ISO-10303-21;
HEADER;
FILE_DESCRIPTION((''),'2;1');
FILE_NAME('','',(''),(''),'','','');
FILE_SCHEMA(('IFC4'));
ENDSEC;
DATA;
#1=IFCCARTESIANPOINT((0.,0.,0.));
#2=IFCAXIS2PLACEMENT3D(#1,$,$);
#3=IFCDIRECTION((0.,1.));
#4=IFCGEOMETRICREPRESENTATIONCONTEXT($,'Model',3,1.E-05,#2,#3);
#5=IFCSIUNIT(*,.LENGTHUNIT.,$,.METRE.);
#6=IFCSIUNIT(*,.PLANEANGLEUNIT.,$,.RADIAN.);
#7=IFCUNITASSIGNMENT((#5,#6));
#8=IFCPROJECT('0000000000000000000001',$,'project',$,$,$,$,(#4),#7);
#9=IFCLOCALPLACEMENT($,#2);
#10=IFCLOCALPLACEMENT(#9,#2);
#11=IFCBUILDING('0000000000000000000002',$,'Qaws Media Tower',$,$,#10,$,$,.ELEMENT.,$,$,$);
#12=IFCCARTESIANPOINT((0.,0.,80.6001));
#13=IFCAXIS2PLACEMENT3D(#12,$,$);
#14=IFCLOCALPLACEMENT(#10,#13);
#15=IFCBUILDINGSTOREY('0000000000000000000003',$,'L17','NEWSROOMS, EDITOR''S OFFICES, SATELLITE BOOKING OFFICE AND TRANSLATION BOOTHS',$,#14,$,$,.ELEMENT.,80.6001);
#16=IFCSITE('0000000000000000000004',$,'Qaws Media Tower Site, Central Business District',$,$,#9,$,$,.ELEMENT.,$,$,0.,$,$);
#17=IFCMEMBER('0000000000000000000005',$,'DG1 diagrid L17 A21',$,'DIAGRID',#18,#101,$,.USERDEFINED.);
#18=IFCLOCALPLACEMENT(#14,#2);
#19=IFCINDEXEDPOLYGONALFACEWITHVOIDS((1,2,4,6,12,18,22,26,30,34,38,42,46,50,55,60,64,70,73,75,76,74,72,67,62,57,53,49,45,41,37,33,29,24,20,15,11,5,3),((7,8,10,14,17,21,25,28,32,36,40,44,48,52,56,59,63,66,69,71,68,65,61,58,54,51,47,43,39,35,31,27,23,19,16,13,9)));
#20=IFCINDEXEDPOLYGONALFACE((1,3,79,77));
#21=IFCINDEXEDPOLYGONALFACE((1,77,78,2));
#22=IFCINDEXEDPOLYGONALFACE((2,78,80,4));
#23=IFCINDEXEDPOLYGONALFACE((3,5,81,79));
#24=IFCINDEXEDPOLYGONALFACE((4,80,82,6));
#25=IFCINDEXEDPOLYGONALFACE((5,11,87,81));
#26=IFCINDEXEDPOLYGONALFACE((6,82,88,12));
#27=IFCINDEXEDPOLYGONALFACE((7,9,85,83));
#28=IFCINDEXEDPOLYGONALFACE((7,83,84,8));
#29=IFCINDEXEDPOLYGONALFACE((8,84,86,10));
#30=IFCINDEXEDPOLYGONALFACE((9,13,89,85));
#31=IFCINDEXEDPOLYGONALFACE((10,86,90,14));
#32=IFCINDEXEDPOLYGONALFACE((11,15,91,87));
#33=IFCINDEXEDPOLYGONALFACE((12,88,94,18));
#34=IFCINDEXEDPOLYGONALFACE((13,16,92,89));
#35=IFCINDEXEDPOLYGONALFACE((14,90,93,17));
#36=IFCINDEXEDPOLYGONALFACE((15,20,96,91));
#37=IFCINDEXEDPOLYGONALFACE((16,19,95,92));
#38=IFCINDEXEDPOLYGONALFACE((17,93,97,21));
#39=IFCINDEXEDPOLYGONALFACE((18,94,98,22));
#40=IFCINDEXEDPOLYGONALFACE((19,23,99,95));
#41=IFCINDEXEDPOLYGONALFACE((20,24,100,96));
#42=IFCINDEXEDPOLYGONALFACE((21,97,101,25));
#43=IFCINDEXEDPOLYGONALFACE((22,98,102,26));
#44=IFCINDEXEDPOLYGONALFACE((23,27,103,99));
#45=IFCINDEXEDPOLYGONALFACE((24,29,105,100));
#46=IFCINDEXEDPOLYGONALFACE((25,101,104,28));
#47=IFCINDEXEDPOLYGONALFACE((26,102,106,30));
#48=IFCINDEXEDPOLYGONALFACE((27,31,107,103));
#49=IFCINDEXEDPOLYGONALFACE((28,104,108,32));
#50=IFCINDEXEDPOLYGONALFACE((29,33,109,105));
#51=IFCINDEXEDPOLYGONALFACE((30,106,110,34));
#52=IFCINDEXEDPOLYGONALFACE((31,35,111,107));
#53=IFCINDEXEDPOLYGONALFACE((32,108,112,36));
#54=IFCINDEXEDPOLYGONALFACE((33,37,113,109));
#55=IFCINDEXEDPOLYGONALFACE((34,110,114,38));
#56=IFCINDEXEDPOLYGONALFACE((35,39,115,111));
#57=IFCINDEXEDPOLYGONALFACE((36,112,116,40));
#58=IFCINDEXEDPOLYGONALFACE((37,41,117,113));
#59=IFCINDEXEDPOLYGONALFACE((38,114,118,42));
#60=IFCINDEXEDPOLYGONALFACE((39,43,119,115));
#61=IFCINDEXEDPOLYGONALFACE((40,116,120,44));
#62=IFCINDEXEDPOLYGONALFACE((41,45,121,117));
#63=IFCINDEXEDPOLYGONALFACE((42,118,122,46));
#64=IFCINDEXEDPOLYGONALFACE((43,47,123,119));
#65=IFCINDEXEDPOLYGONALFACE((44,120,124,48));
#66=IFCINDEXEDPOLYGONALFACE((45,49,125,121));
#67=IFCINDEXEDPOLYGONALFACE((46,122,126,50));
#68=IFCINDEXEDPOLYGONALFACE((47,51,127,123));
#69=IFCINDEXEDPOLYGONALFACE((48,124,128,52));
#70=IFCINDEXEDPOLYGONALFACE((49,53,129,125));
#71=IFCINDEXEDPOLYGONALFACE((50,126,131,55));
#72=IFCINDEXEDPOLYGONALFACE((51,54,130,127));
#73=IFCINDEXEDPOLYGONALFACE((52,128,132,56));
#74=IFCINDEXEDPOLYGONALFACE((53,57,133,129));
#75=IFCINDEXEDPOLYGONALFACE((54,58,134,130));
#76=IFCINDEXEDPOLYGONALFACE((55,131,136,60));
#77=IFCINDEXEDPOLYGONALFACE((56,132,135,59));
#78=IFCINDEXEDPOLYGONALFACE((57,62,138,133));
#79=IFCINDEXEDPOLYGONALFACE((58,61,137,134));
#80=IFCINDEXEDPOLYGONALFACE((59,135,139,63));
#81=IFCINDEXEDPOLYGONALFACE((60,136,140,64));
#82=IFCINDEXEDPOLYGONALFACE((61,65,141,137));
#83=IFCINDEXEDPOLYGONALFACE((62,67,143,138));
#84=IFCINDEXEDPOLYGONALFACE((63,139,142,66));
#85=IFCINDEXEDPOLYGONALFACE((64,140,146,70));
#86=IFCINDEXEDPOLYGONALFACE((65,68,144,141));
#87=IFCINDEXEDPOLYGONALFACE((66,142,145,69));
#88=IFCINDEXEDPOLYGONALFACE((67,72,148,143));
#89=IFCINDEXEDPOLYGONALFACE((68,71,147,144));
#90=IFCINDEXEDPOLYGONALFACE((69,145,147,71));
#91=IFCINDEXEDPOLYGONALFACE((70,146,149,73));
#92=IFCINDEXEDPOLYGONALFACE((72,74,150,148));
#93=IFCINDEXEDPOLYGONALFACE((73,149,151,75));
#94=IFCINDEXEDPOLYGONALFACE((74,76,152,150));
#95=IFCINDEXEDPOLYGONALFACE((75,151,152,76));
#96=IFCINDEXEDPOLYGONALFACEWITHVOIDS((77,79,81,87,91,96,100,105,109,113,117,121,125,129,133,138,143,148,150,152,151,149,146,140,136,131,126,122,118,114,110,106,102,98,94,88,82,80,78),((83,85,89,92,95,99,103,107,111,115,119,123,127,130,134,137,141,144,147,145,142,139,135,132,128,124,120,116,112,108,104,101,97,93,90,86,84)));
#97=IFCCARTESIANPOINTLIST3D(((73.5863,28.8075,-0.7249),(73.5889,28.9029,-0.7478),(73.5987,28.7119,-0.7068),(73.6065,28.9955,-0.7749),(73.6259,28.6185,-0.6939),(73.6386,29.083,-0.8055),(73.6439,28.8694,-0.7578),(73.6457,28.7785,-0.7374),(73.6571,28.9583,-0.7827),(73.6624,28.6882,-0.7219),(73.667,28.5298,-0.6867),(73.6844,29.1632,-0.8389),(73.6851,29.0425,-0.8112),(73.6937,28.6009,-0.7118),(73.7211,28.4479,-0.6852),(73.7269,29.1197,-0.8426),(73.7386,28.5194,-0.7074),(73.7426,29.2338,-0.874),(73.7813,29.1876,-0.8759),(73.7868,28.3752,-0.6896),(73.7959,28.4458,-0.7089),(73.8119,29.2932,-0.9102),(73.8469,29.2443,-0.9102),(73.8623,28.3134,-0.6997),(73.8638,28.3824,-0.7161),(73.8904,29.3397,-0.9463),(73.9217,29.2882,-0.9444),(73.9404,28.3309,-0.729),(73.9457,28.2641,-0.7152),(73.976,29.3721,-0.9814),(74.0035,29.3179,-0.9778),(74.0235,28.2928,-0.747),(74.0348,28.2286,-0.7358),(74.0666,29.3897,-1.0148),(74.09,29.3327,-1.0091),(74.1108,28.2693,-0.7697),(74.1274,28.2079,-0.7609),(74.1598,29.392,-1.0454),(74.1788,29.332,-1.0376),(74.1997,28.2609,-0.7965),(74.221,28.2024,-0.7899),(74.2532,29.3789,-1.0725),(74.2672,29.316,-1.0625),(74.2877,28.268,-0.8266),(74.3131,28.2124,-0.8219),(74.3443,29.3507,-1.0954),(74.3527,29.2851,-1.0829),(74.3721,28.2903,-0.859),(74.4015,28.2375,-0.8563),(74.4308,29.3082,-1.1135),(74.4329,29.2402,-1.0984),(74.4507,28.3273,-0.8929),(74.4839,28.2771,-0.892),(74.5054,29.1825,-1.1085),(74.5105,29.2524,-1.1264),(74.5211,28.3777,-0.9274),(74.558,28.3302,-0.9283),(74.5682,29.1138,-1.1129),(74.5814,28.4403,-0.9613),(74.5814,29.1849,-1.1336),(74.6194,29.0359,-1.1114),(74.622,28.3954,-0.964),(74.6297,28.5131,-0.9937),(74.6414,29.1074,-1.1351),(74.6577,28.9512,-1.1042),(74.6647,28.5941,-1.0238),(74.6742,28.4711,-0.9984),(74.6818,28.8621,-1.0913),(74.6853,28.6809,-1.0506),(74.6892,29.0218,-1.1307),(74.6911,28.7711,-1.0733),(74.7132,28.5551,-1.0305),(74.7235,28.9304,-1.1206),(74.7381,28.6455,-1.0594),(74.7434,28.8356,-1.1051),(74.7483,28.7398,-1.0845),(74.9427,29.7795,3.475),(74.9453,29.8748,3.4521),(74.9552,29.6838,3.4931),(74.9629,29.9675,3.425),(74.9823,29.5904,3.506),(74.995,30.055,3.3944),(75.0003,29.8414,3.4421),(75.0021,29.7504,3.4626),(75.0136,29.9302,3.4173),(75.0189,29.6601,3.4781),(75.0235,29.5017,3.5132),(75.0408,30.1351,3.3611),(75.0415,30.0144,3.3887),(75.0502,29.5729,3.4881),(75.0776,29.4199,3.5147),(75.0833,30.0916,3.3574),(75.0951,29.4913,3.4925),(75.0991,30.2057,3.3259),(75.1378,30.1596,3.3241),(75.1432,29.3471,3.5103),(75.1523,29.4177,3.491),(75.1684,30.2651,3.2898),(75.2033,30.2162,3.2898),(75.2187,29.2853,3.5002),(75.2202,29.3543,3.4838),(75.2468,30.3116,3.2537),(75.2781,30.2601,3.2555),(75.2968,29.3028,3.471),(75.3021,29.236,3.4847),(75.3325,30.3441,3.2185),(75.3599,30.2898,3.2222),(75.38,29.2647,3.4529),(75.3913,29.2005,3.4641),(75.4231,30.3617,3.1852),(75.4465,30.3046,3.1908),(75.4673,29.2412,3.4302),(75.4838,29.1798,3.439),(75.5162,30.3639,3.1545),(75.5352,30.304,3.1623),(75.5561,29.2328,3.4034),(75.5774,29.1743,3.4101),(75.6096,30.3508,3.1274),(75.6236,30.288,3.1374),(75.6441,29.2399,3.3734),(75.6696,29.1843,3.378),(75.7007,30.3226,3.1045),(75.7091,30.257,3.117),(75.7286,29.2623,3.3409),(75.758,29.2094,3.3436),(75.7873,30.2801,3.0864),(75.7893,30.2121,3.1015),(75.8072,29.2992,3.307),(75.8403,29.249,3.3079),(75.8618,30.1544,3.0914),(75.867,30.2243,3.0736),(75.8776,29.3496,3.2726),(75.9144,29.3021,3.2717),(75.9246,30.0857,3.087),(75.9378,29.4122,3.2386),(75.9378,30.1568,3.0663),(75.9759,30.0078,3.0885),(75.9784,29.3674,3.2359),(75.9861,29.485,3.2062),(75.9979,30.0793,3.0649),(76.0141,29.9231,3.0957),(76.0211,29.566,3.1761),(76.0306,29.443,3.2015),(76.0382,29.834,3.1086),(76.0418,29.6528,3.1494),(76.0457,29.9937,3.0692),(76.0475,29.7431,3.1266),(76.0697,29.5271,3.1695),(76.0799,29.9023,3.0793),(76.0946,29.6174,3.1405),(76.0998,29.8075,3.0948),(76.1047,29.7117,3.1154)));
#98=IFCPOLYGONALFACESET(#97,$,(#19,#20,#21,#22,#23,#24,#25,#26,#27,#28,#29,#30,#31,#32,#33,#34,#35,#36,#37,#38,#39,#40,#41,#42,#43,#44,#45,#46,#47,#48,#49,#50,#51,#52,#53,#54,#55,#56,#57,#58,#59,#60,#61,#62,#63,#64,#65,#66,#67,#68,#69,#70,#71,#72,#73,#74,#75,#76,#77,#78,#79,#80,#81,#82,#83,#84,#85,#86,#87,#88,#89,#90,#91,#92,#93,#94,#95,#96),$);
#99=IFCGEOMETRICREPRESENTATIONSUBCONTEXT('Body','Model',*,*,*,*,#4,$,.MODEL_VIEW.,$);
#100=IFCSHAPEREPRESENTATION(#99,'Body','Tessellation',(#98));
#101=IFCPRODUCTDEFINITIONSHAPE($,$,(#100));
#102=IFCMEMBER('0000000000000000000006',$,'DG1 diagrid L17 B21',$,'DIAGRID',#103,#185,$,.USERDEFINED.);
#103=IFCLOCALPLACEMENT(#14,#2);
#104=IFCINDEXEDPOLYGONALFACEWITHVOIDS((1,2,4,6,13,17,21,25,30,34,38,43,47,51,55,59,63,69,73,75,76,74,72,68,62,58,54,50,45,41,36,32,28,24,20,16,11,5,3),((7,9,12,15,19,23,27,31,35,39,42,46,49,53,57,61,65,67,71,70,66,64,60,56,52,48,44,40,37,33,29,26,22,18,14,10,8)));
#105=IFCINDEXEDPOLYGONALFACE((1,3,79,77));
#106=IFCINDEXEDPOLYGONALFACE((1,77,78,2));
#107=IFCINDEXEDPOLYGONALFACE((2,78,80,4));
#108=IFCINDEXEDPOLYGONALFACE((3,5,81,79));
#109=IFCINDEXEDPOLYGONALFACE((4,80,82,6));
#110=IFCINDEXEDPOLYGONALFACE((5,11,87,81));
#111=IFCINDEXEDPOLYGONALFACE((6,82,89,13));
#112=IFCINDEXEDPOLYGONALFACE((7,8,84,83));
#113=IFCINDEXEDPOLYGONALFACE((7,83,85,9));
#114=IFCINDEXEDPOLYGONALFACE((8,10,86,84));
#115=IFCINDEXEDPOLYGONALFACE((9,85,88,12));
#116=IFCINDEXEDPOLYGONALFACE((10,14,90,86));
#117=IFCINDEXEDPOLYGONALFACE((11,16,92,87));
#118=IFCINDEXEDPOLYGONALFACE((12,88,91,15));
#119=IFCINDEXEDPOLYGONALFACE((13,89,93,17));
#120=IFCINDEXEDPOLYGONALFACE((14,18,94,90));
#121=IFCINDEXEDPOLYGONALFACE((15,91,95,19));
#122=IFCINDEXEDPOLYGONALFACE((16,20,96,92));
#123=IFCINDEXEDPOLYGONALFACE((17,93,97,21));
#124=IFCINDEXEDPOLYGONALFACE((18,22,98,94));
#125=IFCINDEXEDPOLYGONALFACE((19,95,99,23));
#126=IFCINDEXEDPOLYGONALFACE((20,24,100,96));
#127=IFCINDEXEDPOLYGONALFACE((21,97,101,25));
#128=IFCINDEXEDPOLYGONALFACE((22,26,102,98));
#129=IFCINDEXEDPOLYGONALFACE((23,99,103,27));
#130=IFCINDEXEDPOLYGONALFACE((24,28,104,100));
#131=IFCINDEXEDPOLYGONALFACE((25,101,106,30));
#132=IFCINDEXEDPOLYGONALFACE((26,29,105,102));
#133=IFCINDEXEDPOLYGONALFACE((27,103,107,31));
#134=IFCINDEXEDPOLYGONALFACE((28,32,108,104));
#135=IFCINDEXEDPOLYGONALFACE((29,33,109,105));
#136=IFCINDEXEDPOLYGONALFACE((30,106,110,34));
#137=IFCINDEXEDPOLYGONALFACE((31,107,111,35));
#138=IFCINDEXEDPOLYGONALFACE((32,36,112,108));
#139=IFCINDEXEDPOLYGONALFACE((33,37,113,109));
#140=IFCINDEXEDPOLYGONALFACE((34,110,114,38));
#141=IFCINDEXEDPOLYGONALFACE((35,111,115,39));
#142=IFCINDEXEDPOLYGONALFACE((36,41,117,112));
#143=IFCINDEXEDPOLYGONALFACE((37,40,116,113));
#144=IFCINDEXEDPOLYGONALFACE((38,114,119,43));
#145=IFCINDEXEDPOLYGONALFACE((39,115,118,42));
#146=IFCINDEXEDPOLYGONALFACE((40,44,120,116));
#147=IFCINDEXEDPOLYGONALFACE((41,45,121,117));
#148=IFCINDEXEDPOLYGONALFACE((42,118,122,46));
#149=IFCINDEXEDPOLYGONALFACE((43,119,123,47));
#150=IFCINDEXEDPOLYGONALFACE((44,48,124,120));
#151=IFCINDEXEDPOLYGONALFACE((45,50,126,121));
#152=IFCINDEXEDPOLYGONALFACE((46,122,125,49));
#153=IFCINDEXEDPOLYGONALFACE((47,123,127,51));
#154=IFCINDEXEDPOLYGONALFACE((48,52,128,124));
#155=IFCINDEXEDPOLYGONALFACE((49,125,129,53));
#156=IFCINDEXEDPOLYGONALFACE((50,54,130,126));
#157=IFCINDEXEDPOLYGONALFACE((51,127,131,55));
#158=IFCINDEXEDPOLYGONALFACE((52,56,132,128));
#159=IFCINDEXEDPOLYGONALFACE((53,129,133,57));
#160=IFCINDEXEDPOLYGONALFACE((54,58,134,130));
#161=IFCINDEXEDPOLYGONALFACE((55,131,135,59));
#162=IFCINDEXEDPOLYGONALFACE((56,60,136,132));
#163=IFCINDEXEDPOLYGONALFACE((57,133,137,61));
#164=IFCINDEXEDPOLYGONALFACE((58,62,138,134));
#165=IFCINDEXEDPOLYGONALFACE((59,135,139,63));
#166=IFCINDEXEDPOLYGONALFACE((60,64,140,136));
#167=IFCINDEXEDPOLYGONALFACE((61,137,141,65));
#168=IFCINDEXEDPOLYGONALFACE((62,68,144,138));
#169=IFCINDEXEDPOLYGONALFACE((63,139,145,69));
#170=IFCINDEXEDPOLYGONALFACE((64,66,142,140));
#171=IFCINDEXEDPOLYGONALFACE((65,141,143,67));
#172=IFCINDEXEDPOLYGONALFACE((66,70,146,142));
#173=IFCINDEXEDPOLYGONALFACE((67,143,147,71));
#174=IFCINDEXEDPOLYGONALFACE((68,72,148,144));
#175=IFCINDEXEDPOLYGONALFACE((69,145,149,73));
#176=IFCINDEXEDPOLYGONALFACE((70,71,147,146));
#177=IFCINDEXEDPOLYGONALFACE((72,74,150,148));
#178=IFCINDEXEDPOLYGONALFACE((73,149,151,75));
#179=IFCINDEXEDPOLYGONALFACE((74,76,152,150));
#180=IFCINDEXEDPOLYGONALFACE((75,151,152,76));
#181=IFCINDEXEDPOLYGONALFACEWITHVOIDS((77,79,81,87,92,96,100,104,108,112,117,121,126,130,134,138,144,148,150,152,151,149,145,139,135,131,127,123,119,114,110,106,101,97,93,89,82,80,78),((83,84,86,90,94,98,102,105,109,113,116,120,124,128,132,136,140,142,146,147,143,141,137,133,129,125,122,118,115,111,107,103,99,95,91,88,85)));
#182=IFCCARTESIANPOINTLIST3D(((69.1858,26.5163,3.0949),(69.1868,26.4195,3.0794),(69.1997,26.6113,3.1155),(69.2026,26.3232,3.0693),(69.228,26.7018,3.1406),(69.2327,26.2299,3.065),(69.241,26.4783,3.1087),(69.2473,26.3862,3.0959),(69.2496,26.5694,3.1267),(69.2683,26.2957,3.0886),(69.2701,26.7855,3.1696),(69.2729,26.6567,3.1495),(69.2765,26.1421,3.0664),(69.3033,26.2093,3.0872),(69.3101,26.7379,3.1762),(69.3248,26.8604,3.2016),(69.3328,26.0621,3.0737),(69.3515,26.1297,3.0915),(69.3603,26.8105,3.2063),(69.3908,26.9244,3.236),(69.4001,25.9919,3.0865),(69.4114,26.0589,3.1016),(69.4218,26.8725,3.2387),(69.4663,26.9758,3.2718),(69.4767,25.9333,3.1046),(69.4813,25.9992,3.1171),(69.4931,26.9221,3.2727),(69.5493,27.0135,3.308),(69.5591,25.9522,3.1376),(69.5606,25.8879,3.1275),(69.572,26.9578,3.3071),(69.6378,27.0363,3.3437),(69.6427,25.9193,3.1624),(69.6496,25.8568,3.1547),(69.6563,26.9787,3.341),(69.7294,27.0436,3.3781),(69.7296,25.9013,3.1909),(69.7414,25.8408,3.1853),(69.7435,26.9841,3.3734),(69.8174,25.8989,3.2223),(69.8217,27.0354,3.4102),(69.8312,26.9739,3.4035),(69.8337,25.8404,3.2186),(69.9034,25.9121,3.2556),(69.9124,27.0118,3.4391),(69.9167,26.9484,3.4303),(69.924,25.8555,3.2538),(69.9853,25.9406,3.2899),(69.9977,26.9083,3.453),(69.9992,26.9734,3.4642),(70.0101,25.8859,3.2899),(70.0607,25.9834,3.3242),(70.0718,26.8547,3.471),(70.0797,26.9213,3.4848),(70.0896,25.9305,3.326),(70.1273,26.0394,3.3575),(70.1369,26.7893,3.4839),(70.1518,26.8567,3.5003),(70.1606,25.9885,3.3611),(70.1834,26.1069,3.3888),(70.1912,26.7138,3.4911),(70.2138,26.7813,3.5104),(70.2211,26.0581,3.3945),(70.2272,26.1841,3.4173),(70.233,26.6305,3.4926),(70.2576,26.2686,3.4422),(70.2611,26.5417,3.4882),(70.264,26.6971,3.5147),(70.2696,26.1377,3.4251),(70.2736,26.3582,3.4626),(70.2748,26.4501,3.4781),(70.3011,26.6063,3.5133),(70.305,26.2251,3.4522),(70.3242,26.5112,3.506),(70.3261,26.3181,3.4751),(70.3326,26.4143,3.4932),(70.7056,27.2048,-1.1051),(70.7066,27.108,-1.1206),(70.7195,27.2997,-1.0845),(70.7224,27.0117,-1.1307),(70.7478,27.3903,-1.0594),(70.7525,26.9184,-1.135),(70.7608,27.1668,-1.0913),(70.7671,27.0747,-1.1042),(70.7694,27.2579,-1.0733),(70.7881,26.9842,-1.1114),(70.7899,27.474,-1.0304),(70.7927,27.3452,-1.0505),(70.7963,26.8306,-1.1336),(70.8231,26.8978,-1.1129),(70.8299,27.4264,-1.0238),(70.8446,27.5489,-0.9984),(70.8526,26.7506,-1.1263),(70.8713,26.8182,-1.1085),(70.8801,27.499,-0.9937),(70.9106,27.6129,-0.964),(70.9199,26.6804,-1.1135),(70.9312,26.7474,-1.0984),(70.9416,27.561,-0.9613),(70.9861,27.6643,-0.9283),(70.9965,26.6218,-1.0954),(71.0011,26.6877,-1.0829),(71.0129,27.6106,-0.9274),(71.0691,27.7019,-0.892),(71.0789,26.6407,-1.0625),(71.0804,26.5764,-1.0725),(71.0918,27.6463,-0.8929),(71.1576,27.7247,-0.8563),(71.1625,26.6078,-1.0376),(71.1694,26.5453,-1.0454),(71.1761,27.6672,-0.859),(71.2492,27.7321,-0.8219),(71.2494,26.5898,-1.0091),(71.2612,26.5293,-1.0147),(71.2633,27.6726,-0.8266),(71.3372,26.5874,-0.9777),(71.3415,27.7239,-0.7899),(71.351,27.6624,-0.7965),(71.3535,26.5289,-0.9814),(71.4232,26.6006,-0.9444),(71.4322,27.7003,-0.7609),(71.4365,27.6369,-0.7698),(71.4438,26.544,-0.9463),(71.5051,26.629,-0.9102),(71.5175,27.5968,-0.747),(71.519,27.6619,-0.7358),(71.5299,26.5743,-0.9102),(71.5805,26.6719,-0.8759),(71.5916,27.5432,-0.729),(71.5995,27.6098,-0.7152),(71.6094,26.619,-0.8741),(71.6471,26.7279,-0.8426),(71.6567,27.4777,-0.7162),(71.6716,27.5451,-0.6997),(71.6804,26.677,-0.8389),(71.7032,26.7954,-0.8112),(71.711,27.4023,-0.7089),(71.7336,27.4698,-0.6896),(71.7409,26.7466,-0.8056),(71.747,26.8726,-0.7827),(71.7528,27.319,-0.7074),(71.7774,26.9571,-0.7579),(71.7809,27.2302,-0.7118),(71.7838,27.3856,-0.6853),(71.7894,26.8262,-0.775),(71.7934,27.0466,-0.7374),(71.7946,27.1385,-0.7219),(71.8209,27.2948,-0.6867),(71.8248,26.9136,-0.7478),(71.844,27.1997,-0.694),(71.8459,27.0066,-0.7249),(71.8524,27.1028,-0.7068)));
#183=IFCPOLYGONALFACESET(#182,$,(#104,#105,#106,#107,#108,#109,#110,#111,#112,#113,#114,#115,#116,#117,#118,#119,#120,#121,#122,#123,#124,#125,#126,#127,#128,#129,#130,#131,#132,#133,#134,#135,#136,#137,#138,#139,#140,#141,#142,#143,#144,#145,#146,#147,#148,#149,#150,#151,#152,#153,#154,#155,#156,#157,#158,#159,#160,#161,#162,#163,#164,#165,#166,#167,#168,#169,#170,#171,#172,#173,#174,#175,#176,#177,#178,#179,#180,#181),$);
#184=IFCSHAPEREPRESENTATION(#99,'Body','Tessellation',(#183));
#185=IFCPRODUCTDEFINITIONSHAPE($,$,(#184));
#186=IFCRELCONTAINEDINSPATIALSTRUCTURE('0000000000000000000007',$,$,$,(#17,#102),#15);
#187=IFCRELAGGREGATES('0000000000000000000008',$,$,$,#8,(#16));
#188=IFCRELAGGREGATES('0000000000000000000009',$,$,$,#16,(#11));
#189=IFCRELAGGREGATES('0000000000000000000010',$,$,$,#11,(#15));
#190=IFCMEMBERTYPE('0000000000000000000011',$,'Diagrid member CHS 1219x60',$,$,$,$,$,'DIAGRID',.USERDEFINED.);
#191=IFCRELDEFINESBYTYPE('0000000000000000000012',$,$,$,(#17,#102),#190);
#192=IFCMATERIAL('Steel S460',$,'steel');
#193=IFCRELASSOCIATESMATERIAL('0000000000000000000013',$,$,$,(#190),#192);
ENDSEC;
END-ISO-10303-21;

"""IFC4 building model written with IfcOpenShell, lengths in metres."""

from ifc_helpers import new_model, si_unit, direction, frame, origin, origin_2d, place, context, subcontext, project, spatial, hollow_circle, extrude, material, material_profile, profile_set, type_object, element, save


model = new_model("IFC4")

# Units and contexts
model_context = context("Model", 3, precision=1e-05, world=origin(), true_north=direction((0.0, 1.0)))
body_context = subcontext(model_context, "Body", "Model", "MODEL_VIEW")
ifc_project = project(units=[si_unit("LENGTHUNIT", "METRE"), si_unit("PLANEANGLEUNIT", "RADIAN")], contexts=[model_context])

# Site, building, storey
site_placement = place(None, origin())
site = spatial("IfcSite", under=ifc_project, at=site_placement, Name="Qaws Media Tower Site, Central Business District", CompositionType="ELEMENT", RefElevation=0.0)
building_placement = place(site_placement, origin())
building = spatial("IfcBuilding", under=site, at=building_placement, Name="Qaws Media Tower", CompositionType="ELEMENT")
storey_placement = place(building_placement, frame((0.0, 0.0, 80.6001)))
storey = spatial("IfcBuildingStorey", under=building, at=storey_placement, Name="L17", Description="NEWSROOMS, EDITOR'S OFFICES, SATELLITE BOOKING OFFICE AND TRANSLATION BOOTHS", CompositionType="ELEMENT", Elevation=80.6001)

# Members
ifc_material_1 = material(Name="Steel S460", Category="steel")
ifc_material_profile_1 = material_profile(ifc_material_1, hollow_circle(Radius=0.6096, WallThickness=0.0601, at=origin_2d()), Name="CHS 1219x60")
ifc_profile_set_1 = profile_set([ifc_material_profile_1], Name="Steel S460")
member_type_1 = type_object("IfcMemberType", Name="Diagrid member CHS 1219x60", ElementType="DIAGRID", PredefinedType="USERDEFINED", material=ifc_profile_set_1)
for number, where, z_axis, x_axis, name in (
    (1, (74.167, 28.7976, -0.9102), (0.300144, 0.21506, 0.929334), (-0.582442, 0.812873, 0.0), "DG1 diagrid L17 A21"),
    (2, (71.2783, 27.1296, -0.9102), (-0.336292, -0.152344, 0.929354), (0.412645, -0.910892, 0.0), "DG1 diagrid L17 B21"),
):
    element("IfcMember", number, at=place(storey_placement, frame(where, z_axis=z_axis, x_axis=x_axis)), inside=storey, type_object=member_type_1, Name=name, ObjectType="DIAGRID", PredefinedType="USERDEFINED", context=body_context, shape_type="SweptSolid", body=[
        extrude(hollow_circle(Radius=0.6096, WallThickness=0.0601, at=origin_2d()), origin(), (0.0, 0.0, 1.0), 4.5193),
    ])

save(model, "model.ifc")
